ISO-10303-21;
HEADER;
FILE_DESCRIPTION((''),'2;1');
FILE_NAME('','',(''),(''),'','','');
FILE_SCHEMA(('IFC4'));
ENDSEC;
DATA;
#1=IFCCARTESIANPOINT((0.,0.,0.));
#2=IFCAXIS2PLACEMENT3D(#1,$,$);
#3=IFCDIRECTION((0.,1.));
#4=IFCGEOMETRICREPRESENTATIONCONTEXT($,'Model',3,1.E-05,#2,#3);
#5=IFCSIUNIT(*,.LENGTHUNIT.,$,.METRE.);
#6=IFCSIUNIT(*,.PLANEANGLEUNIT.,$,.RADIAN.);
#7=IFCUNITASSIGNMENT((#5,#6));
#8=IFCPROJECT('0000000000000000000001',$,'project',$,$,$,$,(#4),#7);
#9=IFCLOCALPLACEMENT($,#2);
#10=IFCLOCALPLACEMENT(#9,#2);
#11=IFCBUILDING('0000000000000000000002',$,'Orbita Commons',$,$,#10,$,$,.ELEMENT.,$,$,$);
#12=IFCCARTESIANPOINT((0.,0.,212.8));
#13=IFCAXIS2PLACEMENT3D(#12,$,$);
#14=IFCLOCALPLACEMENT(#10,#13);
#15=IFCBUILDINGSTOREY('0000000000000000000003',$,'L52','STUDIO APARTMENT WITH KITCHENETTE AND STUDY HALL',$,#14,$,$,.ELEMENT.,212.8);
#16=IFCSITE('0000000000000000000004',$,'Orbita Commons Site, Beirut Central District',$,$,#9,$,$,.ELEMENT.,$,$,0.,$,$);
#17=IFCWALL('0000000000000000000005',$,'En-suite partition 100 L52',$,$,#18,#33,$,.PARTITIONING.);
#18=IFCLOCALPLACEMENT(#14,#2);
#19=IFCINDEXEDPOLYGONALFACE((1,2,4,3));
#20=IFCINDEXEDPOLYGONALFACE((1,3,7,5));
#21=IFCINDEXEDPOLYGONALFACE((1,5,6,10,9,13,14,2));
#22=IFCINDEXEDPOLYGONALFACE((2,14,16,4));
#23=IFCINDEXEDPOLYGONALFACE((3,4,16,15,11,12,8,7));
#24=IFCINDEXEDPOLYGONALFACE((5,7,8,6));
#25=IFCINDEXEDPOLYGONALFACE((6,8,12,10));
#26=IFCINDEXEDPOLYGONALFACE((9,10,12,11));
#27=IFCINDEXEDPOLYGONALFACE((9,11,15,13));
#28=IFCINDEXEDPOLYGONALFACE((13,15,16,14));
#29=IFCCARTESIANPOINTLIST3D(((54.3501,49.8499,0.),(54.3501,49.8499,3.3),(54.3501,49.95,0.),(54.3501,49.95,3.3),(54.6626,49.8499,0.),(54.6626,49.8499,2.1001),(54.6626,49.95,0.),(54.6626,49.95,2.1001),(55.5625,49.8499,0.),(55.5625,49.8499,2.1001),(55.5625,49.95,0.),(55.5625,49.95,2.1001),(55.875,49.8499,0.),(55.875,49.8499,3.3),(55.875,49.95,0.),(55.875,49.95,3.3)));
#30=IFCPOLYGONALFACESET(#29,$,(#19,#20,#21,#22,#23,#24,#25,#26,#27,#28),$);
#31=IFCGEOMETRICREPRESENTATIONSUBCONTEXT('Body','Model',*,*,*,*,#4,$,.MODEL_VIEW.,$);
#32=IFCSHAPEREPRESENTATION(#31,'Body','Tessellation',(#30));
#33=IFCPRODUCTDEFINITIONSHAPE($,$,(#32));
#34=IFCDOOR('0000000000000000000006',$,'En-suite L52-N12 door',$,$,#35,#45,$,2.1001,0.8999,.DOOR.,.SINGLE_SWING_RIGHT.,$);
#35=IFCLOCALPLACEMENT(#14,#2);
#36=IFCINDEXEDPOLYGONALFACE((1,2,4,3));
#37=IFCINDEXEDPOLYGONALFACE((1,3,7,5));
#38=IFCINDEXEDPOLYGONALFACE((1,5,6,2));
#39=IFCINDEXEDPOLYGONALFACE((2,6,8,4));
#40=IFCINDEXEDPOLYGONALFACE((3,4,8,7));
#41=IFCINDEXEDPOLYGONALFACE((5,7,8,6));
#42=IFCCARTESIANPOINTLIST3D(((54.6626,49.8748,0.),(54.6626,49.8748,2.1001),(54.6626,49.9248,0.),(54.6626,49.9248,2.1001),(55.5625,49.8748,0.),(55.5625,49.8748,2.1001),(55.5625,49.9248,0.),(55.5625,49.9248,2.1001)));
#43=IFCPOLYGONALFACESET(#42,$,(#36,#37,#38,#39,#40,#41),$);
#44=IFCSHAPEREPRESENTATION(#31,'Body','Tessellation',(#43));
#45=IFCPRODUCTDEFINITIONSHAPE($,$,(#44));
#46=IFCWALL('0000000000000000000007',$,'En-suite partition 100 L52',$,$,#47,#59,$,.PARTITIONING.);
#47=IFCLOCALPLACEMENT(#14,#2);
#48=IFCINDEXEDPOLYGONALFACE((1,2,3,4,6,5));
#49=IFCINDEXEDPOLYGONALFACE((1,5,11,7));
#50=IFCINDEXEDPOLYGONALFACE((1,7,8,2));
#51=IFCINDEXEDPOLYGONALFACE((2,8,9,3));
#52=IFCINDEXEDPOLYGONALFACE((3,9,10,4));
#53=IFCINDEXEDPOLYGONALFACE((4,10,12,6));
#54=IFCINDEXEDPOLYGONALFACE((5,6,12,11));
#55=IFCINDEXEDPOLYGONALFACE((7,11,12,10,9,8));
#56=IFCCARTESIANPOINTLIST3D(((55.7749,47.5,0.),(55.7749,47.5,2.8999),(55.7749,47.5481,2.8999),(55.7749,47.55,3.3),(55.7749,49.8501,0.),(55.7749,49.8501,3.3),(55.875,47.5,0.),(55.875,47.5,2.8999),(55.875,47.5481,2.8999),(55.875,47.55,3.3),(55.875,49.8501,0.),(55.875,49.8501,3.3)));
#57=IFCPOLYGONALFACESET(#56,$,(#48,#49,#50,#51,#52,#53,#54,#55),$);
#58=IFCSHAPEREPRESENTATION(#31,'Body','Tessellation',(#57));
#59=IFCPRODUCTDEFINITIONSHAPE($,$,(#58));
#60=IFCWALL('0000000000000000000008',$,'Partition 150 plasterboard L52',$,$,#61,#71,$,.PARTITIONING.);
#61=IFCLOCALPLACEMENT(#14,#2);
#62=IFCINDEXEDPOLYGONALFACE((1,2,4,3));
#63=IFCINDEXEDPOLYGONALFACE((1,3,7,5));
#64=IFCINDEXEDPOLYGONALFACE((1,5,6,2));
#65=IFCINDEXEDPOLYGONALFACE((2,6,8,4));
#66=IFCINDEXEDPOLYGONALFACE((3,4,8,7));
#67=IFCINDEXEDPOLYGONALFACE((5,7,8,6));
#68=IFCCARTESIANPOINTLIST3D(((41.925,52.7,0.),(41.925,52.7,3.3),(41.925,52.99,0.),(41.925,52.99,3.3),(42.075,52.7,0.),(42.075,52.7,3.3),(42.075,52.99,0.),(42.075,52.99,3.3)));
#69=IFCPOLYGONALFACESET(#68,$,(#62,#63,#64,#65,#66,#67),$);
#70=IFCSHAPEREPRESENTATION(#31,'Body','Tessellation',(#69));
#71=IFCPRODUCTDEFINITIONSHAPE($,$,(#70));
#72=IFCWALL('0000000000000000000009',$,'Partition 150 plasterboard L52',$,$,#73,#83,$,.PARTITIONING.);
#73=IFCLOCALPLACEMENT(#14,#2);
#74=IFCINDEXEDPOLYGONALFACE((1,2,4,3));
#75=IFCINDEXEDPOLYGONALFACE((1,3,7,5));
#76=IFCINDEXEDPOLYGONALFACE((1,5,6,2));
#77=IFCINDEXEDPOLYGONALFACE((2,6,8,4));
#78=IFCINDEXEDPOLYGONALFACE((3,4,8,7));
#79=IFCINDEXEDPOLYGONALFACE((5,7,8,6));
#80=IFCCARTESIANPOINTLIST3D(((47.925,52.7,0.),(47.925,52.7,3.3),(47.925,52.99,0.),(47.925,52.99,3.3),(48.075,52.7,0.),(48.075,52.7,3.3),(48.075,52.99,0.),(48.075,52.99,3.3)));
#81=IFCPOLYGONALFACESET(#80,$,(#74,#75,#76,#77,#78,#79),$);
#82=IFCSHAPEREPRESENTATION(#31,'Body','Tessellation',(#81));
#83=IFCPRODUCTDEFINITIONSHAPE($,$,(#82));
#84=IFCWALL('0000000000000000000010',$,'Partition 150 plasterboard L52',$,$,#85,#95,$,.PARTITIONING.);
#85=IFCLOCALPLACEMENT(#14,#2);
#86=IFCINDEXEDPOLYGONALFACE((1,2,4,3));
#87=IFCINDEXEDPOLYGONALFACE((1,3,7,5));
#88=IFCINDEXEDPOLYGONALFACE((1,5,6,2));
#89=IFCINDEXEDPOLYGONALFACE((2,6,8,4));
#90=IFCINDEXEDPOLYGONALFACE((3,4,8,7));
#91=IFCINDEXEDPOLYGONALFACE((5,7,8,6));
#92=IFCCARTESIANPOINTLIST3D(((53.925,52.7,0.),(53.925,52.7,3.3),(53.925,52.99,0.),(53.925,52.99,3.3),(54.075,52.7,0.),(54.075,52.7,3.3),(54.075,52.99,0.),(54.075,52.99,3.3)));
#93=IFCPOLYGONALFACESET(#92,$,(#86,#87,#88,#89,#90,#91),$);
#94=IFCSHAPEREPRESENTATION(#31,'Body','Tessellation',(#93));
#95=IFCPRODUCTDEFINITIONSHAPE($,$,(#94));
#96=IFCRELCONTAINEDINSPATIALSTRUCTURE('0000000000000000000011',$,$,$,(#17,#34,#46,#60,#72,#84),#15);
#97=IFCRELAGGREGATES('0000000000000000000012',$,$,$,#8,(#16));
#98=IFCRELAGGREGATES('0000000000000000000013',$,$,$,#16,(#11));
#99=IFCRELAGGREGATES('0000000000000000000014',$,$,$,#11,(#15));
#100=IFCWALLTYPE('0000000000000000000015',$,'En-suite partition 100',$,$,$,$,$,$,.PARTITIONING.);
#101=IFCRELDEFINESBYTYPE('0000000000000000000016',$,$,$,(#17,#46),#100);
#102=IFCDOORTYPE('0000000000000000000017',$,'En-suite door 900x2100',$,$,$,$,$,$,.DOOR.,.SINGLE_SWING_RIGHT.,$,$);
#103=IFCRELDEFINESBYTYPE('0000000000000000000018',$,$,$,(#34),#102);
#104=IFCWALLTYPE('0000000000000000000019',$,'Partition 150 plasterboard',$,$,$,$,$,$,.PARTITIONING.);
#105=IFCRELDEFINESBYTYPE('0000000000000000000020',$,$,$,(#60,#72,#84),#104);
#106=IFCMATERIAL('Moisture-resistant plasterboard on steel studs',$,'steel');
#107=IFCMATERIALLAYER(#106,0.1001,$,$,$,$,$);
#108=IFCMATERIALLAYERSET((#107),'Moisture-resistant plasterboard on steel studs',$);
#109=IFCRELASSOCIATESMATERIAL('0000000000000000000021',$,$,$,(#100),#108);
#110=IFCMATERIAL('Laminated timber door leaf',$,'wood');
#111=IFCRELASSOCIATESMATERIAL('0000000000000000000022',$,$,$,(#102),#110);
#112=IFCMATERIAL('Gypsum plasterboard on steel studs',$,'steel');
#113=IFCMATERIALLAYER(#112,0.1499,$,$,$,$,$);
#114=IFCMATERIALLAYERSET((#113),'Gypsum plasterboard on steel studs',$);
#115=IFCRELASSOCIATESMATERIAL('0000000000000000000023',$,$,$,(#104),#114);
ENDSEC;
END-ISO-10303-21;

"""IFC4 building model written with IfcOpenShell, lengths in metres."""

from ifc_helpers import new_model, si_unit, direction, frame, frame_2d, origin, place, context, subcontext, project, spatial, polyline, rectangle, outline, extrude, material, layer, layer_set, type_object, element, fill, save


model = new_model("IFC4")

# Units and contexts
model_context = context("Model", 3, precision=1e-05, world=origin(), true_north=direction((0.0, 1.0)))
body_context = subcontext(model_context, "Body", "Model", "MODEL_VIEW")
ifc_project = project(units=[si_unit("LENGTHUNIT", "METRE"), si_unit("PLANEANGLEUNIT", "RADIAN")], contexts=[model_context])

# Site, building, storey
site_placement = place(None, origin())
site = spatial("IfcSite", under=ifc_project, at=site_placement, Name="Orbita Commons Site, Beirut Central District", CompositionType="ELEMENT", RefElevation=0.0)
building_placement = place(site_placement, origin())
building = spatial("IfcBuilding", under=site, at=building_placement, Name="Orbita Commons", CompositionType="ELEMENT")
storey_placement = place(building_placement, frame((0.0, 0.0, 212.8)))
storey = spatial("IfcBuildingStorey", under=building, at=storey_placement, Name="L52", Description="STUDIO APARTMENT WITH KITCHENETTE AND STUDY HALL", CompositionType="ELEMENT", Elevation=212.8)

# Wall, opening, door
ifc_material_1 = material(Name="Moisture-resistant plasterboard on steel studs", Category="steel")
ifc_layer_1 = layer(ifc_material_1, 0.1001)
ifc_layer_set_1 = layer_set([ifc_layer_1], Name="Moisture-resistant plasterboard on steel studs")
wall_type_1 = type_object("IfcWallType", Name="En-suite partition 100", PredefinedType="PARTITIONING", material=ifc_layer_set_1)
ifc_material_2 = material(Name="Laminated timber door leaf", Category="wood")
door_type_1 = type_object("IfcDoorType", Name="En-suite door 900x2100", OperationType="SINGLE_SWING_RIGHT", PredefinedType="DOOR", material=ifc_material_2)
wall_1_placement = place(storey_placement, frame((54.3501, 49.8999, 0.0), z_axis=(0.0, 0.0, 1.0), x_axis=(1.0, 0.0, 0.0)))
wall_1 = element("IfcWall", 1, at=wall_1_placement, inside=storey, type_object=wall_type_1, Name="En-suite partition 100 L52", PredefinedType="PARTITIONING", context=body_context, shape_type="SweptSolid", body=[
    extrude(rectangle(XDim=1.5249, YDim=0.1001, at=frame_2d((0.7625, 0.0))), origin(), (0.0, 0.0, 1.0), 3.3),
])
opening_1_placement = place(wall_1_placement, frame((0.3125, 0.0, 0.0)))
opening_1 = element("IfcOpeningElement", 2, at=opening_1_placement, cuts=wall_1, PredefinedType="OPENING", context=body_context, shape_type="SweptSolid", body=[
    extrude(rectangle(XDim=0.8999, YDim=2.1001, at=frame_2d((0.45, 1.05))), frame((0.0, 0.0601, 0.0), z_axis=(0.0, -1.0, 0.0), x_axis=(1.0, 0.0, 0.0)), (0.0, 0.0, 1.0), 0.1201),
])
door_1_placement = place(opening_1_placement, origin())
door_1 = element("IfcDoor", 3, at=door_1_placement, inside=storey, type_object=door_type_1, Name="En-suite L52-N12 door", OperationType="SINGLE_SWING_RIGHT", OverallHeight=2.1001, OverallWidth=0.8999, PredefinedType="DOOR", context=body_context, shape_type="SweptSolid", body=[
    extrude(rectangle(XDim=0.8999, YDim=2.1001, at=frame_2d((0.45, 1.05))), frame((0.0, 0.0249, 0.0), z_axis=(0.0, -1.0, 0.0), x_axis=(1.0, 0.0, 0.0)), (0.0, 0.0, 1.0), 0.05),
])
fill(opening_1, door_1)

# Walls
wall_2_placement = place(storey_placement, frame((55.825, 49.8501, 0.0), z_axis=(0.0, 0.0, 1.0), x_axis=(0.0, -1.0, 0.0)))
element("IfcWall", 4, at=wall_2_placement, inside=storey, type_object=wall_type_1, Name="En-suite partition 100 L52", PredefinedType="PARTITIONING", context=body_context, shape_type="SweptSolid", body=[
    extrude(outline(polyline([(0.0, 0.0), (2.3501, 0.0), (2.3501, 2.8999), (2.302, 2.8999), (2.3, 3.3), (0.0, 3.3), (0.0, 0.0)])), frame((0.0, 0.05, 0.0), z_axis=(0.0, -1.0, 0.0), x_axis=(1.0, 0.0, 0.0)), (0.0, 0.0, 1.0), 0.1001),
])
ifc_material_3 = material(Name="Gypsum plasterboard on steel studs", Category="steel")
ifc_layer_2 = layer(ifc_material_3, 0.1499)
ifc_layer_set_2 = layer_set([ifc_layer_2], Name="Gypsum plasterboard on steel studs")
wall_type_2 = type_object("IfcWallType", Name="Partition 150 plasterboard", PredefinedType="PARTITIONING", material=ifc_layer_set_2)
for number, where, z_axis, x_axis, name in (
    (5, (42.0, 52.7, 0.0), (0.0, 0.0, 1.0), (0.0, 1.0, 0.0), "Partition 150 plasterboard L52"),
    (6, (48.0, 52.7, 0.0), (0.0, 0.0, 1.0), (0.0, 1.0, 0.0), "Partition 150 plasterboard L52"),
    (7, (54.0, 52.7, 0.0), (0.0, 0.0, 1.0), (0.0, 1.0, 0.0), "Partition 150 plasterboard L52"),
):
    element("IfcWall", number, at=place(storey_placement, frame(where, z_axis=z_axis, x_axis=x_axis)), inside=storey, type_object=wall_type_2, Name=name, PredefinedType="PARTITIONING", context=body_context, shape_type="SweptSolid", body=[
        extrude(rectangle(XDim=0.29, YDim=0.1499, at=frame_2d((0.145, 0.0))), origin(), (0.0, 0.0, 1.0), 3.3),
    ])

save(model, "model.ifc")
